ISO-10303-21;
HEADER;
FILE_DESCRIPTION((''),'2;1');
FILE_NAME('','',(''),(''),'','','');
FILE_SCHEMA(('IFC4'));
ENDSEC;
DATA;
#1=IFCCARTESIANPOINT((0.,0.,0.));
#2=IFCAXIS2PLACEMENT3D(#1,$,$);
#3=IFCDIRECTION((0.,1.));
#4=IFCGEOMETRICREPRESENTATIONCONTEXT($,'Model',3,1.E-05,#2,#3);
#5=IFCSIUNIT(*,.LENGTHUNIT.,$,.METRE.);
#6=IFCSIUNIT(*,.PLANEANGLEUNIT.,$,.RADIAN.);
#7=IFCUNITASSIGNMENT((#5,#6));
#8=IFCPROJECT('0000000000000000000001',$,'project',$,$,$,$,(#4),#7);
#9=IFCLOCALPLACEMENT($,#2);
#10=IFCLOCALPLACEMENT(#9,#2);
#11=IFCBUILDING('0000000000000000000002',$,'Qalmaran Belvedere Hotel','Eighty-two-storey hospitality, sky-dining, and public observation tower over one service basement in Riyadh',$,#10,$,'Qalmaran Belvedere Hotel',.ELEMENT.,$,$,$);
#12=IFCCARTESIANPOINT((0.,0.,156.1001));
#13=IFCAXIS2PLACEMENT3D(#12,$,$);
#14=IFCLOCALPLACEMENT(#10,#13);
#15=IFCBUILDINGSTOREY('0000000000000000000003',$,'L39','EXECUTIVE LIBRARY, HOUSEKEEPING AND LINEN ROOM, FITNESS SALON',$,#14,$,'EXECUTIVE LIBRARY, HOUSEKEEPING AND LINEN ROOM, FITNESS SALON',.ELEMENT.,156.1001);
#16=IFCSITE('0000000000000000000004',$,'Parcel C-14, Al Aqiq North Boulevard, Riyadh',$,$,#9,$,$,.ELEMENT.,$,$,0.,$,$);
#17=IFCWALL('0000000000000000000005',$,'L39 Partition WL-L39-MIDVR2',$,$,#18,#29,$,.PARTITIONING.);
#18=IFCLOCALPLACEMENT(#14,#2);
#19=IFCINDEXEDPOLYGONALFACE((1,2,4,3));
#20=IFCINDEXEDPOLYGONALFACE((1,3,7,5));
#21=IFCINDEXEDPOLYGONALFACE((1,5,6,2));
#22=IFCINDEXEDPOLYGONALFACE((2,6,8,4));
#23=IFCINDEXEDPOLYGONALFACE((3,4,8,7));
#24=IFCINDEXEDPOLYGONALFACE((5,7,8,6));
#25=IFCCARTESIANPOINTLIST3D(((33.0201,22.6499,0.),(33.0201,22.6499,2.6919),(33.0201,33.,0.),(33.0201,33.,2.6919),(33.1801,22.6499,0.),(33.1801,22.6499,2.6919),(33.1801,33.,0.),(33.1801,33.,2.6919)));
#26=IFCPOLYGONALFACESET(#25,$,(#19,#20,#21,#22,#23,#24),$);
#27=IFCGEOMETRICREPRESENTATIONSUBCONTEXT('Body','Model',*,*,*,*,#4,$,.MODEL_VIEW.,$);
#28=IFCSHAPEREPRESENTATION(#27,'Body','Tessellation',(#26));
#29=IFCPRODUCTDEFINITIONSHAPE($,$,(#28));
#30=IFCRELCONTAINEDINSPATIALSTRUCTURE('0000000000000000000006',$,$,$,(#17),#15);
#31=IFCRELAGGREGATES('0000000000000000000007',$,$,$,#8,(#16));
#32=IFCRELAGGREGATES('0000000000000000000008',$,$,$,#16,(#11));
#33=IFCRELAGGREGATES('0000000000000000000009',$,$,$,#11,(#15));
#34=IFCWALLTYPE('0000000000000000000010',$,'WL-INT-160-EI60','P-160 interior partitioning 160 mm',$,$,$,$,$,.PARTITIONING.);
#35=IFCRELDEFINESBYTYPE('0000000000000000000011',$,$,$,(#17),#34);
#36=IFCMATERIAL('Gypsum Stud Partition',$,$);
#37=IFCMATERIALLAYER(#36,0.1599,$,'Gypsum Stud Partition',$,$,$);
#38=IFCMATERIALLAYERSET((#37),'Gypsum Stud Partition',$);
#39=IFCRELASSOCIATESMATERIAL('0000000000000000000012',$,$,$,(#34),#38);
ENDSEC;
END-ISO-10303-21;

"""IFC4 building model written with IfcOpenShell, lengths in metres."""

from ifc_helpers import new_model, si_unit, direction, frame, frame_2d, origin, place, context, subcontext, project, spatial, rectangle, extrude, material, layer, layer_set, type_object, element, save


model = new_model("IFC4")

# Units and contexts
model_context = context("Model", 3, precision=1e-05, world=origin(), true_north=direction((0.0, 1.0)))
body_context = subcontext(model_context, "Body", "Model", "MODEL_VIEW")
ifc_project = project(units=[si_unit("LENGTHUNIT", "METRE"), si_unit("PLANEANGLEUNIT", "RADIAN")], contexts=[model_context])

# Site, building, storey
site_placement = place(None, origin())
site = spatial("IfcSite", under=ifc_project, at=site_placement, Name="Parcel C-14, Al Aqiq North Boulevard, Riyadh", CompositionType="ELEMENT", RefElevation=0.0)
building_placement = place(site_placement, origin())
building = spatial("IfcBuilding", under=site, at=building_placement, Name="Qalmaran Belvedere Hotel", Description="Eighty-two-storey hospitality, sky-dining, and public observation tower over one service basement in Riyadh", LongName="Qalmaran Belvedere Hotel", CompositionType="ELEMENT")
storey_placement = place(building_placement, frame((0.0, 0.0, 156.1001)))
storey = spatial("IfcBuildingStorey", under=building, at=storey_placement, Name="L39", Description="EXECUTIVE LIBRARY, HOUSEKEEPING AND LINEN ROOM, FITNESS SALON", LongName="EXECUTIVE LIBRARY, HOUSEKEEPING AND LINEN ROOM, FITNESS SALON", CompositionType="ELEMENT", Elevation=156.1001)

# Shared definitions
ifc_material_1 = material(Name="Gypsum Stud Partition")
ifc_layer_1 = layer(ifc_material_1, 0.1599, Name="Gypsum Stud Partition")
ifc_layer_set_1 = layer_set([ifc_layer_1], Name="Gypsum Stud Partition")
wall_type_1 = type_object("IfcWallType", Name="WL-INT-160-EI60", Description="P-160 interior partitioning 160 mm", PredefinedType="PARTITIONING", material=ifc_layer_set_1)

# Wall
wall_1_placement = place(storey_placement, frame((33.1001, 22.6499, 0.0), z_axis=(0.0, 0.0, 1.0), x_axis=(0.0, 1.0, 0.0)))
element("IfcWall", 1, at=wall_1_placement, inside=storey, type_object=wall_type_1, Name="L39 Partition WL-L39-MIDVR2", PredefinedType="PARTITIONING", context=body_context, shape_type="SweptSolid", body=[
    extrude(rectangle(XDim=10.3501, YDim=0.1599, at=frame_2d((5.175, 0.0))), origin(), (0.0, 0.0, 1.0), 2.6919),
])

save(model, "model.ifc")
